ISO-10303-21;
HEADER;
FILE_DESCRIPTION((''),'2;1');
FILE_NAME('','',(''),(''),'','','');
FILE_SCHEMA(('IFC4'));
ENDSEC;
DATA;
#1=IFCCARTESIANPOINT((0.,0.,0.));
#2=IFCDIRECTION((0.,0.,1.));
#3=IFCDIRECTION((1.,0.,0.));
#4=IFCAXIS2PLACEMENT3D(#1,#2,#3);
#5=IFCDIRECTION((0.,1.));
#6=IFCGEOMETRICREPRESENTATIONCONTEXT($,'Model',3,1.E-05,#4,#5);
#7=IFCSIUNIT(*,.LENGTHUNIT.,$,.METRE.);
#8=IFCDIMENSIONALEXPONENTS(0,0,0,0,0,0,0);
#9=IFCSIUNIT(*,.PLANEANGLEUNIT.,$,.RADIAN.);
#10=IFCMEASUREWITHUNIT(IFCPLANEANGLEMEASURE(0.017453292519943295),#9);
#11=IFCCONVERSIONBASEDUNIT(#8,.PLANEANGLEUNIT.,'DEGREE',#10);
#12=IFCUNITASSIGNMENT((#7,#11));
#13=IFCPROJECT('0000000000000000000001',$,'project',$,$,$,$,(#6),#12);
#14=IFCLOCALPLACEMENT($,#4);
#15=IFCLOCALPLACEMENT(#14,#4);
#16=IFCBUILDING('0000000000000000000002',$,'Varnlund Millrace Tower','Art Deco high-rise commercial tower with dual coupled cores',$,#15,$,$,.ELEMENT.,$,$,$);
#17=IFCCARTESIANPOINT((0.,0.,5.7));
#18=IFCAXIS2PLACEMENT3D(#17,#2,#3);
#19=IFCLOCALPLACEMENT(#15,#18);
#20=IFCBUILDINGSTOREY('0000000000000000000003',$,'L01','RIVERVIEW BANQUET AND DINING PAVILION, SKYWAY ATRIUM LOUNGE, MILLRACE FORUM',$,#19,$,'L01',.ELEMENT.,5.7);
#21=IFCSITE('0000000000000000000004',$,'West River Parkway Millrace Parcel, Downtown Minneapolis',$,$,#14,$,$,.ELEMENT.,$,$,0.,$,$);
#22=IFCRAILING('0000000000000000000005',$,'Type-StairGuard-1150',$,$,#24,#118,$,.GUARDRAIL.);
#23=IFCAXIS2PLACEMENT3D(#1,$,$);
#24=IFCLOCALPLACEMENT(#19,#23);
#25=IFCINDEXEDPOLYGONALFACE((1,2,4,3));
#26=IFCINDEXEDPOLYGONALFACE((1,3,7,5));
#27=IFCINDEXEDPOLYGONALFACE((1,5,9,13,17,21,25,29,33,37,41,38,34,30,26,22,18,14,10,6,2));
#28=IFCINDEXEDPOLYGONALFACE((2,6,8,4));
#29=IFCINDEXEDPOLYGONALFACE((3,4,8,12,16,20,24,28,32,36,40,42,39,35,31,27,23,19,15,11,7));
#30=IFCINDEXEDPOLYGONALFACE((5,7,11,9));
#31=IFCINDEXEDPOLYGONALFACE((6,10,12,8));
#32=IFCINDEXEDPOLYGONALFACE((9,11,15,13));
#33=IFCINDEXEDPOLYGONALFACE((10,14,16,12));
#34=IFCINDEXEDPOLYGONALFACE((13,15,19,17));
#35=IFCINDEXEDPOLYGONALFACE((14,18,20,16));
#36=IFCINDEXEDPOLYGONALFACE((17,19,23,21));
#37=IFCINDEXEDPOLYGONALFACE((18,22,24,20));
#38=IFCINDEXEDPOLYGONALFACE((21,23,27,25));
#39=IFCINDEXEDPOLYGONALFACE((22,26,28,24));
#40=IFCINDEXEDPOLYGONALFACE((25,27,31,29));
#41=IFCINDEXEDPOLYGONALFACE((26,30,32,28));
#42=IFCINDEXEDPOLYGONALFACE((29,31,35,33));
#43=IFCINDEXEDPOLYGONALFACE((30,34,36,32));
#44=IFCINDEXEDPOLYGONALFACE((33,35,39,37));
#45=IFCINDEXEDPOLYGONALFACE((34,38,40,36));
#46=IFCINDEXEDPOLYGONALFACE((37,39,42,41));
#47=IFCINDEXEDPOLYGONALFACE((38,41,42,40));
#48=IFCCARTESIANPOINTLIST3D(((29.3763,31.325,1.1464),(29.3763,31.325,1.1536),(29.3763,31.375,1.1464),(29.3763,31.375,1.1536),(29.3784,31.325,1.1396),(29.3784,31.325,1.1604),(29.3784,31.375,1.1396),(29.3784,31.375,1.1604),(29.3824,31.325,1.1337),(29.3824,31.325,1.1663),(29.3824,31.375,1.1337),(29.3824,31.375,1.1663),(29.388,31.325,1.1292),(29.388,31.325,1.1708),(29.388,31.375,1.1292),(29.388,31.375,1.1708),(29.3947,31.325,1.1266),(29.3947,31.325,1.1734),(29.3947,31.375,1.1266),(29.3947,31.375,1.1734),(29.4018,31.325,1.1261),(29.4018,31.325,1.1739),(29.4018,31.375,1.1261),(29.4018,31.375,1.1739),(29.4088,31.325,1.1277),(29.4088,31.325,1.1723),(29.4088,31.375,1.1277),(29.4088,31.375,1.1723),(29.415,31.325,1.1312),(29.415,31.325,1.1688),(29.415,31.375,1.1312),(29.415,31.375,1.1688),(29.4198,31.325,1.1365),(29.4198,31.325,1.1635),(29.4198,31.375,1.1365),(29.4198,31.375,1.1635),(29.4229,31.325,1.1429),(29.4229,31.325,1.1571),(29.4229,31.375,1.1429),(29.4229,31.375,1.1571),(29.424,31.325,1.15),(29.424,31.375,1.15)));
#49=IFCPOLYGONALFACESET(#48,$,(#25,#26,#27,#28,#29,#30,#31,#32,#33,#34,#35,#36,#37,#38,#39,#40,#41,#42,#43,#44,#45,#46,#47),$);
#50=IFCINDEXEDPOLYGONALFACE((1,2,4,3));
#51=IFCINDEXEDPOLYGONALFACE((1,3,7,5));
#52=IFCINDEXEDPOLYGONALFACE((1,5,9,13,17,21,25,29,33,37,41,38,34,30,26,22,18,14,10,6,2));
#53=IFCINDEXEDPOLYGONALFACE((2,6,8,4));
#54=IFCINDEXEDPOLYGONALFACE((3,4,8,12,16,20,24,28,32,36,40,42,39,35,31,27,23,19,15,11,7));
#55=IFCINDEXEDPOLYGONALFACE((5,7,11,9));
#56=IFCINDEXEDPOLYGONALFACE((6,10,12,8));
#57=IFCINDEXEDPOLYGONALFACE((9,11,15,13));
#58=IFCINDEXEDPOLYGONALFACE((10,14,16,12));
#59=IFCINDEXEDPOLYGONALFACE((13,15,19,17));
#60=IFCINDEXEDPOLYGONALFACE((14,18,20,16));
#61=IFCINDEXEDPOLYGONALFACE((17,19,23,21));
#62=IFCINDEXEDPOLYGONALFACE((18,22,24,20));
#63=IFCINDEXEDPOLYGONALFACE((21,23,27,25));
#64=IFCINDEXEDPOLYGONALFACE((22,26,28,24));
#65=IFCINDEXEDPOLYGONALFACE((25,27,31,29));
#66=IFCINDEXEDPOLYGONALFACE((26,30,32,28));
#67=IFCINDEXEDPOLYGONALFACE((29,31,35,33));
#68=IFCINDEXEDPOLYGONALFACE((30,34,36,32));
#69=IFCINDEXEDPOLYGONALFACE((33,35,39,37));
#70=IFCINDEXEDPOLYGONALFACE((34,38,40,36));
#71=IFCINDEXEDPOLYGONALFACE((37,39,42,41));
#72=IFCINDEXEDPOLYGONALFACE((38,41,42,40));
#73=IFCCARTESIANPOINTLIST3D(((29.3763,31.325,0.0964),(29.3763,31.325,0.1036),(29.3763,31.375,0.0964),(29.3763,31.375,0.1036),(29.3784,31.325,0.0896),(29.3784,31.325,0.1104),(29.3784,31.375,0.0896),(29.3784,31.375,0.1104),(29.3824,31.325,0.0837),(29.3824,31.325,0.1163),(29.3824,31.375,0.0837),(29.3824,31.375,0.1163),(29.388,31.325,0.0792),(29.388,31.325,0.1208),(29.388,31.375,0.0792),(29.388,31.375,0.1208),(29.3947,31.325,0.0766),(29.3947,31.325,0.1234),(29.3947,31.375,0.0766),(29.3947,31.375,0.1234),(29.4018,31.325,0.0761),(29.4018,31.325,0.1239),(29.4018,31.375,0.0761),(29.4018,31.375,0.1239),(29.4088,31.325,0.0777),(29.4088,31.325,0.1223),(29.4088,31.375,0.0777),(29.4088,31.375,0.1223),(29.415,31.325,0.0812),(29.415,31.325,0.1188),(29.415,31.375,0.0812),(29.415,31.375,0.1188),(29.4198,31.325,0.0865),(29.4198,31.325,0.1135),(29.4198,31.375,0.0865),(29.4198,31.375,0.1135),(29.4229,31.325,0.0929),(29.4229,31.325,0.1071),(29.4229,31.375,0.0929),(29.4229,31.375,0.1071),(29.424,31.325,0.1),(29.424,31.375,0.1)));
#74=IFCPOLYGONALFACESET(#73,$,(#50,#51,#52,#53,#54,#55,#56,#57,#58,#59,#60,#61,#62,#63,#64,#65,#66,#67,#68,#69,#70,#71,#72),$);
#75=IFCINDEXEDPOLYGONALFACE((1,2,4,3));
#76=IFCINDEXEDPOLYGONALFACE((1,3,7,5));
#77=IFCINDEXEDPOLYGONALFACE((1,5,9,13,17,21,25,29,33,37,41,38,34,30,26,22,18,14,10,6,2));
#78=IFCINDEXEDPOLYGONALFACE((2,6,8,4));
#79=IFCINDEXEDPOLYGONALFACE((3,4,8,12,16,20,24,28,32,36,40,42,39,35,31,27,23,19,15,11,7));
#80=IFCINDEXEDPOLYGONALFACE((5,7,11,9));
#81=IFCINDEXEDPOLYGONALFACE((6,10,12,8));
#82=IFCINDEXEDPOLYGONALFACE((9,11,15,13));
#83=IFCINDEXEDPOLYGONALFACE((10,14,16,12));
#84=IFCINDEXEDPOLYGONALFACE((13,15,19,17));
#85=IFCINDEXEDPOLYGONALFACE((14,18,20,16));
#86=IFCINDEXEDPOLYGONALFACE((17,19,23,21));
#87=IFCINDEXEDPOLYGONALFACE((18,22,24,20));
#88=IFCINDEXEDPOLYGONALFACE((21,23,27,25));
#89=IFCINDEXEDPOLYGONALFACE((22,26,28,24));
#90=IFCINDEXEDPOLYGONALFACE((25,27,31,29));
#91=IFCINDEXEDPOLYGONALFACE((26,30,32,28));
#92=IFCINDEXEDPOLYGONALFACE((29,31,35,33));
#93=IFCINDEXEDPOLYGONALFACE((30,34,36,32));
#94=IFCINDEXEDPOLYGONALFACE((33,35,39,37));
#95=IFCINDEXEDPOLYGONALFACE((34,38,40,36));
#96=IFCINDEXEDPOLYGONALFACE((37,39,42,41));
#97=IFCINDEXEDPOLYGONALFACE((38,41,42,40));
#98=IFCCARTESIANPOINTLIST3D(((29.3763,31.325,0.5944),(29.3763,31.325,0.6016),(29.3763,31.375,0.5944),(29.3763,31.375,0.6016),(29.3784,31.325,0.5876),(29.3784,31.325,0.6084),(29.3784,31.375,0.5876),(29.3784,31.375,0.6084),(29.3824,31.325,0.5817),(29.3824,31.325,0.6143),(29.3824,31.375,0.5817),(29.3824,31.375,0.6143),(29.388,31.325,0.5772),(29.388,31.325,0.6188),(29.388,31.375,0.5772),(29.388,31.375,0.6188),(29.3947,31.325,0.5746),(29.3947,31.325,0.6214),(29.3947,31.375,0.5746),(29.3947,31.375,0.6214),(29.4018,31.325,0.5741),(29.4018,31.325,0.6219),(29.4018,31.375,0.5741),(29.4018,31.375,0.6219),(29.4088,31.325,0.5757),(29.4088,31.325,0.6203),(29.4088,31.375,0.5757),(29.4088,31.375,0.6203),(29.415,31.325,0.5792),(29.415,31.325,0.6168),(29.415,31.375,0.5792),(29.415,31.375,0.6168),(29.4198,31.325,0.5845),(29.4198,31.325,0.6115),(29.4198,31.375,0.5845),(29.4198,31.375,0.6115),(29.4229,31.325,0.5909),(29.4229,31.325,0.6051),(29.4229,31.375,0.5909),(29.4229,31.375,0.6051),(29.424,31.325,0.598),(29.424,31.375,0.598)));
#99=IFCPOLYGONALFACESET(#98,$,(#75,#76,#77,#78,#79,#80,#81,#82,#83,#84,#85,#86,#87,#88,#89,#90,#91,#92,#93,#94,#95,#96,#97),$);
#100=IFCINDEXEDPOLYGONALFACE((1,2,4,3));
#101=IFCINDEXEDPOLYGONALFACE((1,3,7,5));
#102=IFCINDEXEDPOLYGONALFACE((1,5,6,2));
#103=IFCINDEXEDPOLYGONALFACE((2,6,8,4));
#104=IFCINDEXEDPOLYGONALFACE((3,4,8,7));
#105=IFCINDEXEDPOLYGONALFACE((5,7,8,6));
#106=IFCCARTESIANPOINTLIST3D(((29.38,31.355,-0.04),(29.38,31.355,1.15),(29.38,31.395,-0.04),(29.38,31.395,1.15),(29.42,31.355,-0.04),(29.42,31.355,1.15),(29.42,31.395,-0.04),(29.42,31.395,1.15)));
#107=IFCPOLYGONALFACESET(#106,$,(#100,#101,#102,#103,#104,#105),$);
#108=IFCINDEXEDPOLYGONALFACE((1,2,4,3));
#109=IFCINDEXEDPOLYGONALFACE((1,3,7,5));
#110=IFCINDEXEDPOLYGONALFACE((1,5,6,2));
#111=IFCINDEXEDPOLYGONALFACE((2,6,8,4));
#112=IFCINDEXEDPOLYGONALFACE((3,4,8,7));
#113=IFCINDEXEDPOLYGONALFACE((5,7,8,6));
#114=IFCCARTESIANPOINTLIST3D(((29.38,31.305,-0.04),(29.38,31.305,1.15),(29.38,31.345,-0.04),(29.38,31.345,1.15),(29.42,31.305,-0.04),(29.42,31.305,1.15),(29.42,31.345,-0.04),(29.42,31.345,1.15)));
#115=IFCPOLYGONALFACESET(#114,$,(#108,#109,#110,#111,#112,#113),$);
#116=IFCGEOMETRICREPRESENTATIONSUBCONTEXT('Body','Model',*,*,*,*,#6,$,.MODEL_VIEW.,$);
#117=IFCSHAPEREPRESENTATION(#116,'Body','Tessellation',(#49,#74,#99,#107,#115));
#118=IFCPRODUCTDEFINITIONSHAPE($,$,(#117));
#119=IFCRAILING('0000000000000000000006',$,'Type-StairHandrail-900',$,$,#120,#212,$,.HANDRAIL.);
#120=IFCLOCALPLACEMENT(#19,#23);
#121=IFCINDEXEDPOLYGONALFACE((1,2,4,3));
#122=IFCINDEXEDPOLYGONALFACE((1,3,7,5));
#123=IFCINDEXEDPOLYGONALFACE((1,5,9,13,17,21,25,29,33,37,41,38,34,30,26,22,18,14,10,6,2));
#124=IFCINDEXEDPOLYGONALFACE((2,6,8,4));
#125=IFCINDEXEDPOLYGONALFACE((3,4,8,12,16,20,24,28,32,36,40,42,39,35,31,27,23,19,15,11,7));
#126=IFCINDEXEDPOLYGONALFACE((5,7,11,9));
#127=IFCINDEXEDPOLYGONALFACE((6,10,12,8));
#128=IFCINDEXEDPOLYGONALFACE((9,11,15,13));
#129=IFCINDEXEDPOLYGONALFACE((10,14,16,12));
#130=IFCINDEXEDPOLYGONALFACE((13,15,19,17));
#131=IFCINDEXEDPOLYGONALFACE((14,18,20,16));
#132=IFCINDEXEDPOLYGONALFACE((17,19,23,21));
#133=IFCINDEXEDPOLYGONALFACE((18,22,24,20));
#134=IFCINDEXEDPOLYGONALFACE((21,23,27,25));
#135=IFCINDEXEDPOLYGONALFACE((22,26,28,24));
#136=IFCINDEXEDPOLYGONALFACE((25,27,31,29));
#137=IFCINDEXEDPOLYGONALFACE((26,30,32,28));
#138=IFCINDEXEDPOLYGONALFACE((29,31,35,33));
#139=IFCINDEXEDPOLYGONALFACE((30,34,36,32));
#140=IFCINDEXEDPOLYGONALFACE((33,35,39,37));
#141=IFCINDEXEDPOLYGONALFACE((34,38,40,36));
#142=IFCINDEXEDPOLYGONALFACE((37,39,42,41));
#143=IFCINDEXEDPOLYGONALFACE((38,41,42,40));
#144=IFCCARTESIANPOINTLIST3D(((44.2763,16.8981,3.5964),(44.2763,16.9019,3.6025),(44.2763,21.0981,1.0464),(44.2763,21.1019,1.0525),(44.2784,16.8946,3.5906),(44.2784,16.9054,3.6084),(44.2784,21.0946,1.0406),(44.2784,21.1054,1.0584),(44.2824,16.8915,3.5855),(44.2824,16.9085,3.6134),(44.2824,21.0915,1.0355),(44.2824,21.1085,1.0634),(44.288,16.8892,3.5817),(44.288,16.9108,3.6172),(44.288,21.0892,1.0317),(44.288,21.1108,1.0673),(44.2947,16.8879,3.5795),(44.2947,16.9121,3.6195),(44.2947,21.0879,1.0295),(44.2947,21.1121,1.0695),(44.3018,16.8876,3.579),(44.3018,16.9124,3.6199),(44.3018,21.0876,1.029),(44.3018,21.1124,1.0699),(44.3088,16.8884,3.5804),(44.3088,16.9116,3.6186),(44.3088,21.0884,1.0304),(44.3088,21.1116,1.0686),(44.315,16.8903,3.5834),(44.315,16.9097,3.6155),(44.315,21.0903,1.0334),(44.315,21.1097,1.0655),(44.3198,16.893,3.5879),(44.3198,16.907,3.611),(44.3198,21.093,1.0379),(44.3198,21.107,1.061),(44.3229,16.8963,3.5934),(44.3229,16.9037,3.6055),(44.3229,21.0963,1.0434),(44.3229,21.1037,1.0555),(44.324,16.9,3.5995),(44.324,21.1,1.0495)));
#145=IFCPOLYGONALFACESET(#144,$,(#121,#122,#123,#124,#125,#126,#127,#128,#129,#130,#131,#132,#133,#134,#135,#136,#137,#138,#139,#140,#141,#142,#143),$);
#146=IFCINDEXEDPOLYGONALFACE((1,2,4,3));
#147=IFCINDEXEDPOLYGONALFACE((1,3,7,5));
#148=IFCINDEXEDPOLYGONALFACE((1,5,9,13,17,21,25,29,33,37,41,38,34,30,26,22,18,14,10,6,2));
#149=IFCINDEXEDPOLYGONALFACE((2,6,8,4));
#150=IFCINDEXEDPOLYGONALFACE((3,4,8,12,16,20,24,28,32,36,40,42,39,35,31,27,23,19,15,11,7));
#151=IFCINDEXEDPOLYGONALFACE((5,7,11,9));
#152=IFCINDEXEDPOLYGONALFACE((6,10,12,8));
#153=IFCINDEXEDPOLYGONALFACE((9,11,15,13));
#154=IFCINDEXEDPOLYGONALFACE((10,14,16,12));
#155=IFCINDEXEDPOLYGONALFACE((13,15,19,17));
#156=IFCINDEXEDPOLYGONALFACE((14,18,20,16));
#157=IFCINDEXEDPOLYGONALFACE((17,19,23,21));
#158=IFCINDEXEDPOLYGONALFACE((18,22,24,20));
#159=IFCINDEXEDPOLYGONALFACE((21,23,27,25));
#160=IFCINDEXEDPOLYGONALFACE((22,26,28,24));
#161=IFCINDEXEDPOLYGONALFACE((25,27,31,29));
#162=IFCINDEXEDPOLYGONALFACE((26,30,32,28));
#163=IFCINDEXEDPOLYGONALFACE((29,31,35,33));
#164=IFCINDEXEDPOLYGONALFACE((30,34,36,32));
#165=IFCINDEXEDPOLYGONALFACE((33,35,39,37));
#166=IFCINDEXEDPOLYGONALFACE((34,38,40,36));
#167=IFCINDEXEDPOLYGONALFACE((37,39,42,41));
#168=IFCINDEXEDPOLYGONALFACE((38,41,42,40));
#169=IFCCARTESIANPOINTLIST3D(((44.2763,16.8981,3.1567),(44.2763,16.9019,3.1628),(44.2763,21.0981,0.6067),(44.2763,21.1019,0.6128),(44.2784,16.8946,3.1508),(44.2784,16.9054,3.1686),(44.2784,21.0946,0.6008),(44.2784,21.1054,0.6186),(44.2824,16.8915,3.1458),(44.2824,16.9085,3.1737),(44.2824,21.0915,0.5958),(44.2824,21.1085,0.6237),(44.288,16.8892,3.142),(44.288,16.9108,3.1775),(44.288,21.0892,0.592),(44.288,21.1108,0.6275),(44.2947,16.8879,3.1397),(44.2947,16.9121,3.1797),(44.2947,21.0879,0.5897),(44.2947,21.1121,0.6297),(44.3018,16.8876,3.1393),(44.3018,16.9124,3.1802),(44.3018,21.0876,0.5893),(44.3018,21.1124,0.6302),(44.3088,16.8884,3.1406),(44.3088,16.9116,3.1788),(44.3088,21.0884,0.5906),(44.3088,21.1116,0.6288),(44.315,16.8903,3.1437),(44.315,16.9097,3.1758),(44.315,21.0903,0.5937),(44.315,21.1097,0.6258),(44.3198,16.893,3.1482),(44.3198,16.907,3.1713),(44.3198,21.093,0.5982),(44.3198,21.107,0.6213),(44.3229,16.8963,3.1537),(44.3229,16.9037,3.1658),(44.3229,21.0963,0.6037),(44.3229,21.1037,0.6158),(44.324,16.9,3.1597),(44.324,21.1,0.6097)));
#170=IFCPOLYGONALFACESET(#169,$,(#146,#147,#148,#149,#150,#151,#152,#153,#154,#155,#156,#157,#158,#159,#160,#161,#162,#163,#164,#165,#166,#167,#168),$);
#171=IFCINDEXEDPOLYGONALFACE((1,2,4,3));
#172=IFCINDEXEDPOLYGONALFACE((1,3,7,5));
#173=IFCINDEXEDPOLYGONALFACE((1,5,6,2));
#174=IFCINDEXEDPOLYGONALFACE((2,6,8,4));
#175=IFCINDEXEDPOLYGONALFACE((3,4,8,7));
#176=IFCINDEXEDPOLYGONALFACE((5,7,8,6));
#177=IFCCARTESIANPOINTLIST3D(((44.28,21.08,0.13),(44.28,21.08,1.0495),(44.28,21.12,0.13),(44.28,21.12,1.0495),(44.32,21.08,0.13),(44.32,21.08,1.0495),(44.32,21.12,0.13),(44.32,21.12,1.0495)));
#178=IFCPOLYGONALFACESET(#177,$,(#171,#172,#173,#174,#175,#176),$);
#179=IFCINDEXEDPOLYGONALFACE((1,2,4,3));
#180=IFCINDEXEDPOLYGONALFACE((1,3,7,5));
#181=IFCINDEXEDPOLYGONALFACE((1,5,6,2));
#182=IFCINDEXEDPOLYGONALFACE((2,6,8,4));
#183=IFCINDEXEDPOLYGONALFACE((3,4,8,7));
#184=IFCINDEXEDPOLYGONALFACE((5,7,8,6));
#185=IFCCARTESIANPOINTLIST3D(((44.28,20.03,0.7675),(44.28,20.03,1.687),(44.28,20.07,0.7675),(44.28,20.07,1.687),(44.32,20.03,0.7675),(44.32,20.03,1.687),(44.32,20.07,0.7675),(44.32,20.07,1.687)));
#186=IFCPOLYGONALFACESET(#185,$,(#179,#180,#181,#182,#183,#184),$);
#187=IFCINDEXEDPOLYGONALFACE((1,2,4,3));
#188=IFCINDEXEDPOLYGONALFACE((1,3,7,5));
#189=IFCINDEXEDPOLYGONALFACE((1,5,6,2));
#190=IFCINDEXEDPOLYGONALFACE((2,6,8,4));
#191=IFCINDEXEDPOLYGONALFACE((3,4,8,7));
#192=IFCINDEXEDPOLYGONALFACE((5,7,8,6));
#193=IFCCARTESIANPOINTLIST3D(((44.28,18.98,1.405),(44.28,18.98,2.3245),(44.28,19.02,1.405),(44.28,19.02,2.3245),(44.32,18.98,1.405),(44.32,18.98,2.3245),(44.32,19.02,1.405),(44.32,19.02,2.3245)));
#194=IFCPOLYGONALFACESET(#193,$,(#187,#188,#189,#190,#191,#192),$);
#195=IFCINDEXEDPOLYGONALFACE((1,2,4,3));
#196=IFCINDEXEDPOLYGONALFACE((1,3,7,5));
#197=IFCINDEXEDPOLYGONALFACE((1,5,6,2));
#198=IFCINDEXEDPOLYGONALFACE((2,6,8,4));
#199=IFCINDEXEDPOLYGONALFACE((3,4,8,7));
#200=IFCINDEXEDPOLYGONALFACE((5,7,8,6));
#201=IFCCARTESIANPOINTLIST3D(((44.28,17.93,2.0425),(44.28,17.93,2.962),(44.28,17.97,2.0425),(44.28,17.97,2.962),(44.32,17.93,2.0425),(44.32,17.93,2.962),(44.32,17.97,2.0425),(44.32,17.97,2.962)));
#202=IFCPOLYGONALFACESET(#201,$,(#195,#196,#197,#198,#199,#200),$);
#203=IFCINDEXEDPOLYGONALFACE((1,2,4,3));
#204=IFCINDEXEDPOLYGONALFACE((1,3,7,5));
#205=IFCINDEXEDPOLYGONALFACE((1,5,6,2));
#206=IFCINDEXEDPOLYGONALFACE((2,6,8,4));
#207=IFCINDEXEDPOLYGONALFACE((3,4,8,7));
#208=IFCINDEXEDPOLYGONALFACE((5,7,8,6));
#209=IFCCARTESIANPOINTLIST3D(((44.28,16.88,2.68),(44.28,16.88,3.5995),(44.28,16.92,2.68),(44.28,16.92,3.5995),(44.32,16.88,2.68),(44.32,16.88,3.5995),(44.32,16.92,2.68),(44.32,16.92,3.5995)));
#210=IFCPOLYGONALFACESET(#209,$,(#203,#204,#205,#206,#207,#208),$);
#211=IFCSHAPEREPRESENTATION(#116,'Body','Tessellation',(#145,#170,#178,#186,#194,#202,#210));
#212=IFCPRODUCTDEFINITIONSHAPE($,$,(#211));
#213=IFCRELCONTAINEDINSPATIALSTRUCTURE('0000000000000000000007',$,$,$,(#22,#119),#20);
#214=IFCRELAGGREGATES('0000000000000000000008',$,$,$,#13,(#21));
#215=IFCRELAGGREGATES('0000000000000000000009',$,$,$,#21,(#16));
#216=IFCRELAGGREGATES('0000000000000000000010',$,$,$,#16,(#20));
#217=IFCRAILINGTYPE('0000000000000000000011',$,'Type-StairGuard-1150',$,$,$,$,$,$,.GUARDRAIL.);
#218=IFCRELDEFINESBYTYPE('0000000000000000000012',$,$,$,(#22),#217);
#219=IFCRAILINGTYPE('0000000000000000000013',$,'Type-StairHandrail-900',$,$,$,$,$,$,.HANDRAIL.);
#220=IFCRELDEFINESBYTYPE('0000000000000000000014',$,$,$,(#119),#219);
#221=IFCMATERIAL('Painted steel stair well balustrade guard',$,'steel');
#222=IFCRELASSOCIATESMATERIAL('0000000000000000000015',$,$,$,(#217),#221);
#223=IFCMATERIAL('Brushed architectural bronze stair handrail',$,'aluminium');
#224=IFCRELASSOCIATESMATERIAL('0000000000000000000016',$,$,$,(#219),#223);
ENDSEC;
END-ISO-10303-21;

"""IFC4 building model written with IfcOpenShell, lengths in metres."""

from ifc_helpers import new_model, entity, si_unit, converted_unit, direction, frame, origin_with_axes, origin_2d_with_axis, place, context, subcontext, project, spatial, rectangle, circle, extrude, material, type_object, element, save


model = new_model("IFC4")

# Units and contexts
model_context = context("Model", 3, precision=1e-05, world=origin_with_axes(), true_north=direction((0.0, 1.0)))
body_context = subcontext(model_context, "Body", "Model", "MODEL_VIEW")
ifc_project = project(units=[si_unit("LENGTHUNIT", "METRE"), converted_unit("PLANEANGLEUNIT", "DEGREE", entity("IfcPlaneAngleMeasure", 0.017453292519943295), si_unit("PLANEANGLEUNIT", "RADIAN"), dimensions=[0, 0, 0, 0, 0, 0, 0])], contexts=[model_context])

# Site, building, storey
site_placement = place(None, origin_with_axes())
site = spatial("IfcSite", under=ifc_project, at=site_placement, Name="West River Parkway Millrace Parcel, Downtown Minneapolis", CompositionType="ELEMENT", RefElevation=0.0)
building_placement = place(site_placement, origin_with_axes())
building = spatial("IfcBuilding", under=site, at=building_placement, Name="Varnlund Millrace Tower", Description="Art Deco high-rise commercial tower with dual coupled cores", CompositionType="ELEMENT")
storey_placement = place(building_placement, frame((0.0, 0.0, 5.7), z_axis=(0.0, 0.0, 1.0), x_axis=(1.0, 0.0, 0.0)))
storey = spatial("IfcBuildingStorey", under=building, at=storey_placement, Name="L01", Description="RIVERVIEW BANQUET AND DINING PAVILION, SKYWAY ATRIUM LOUNGE, MILLRACE FORUM", LongName="L01", CompositionType="ELEMENT", Elevation=5.7)

# Railings
ifc_material_1 = material(Name="Painted steel stair well balustrade guard", Category="steel")
railing_type_1 = type_object("IfcRailingType", Name="Type-StairGuard-1150", PredefinedType="GUARDRAIL", material=ifc_material_1)
railing_1_placement = place(storey_placement, frame((0.0, 0.0, -5.7), z_axis=(0.0, 0.0, 1.0), x_axis=(1.0, 0.0, 0.0)))
element("IfcRailing", 1, at=railing_1_placement, inside=storey, type_object=railing_type_1, Name="Type-StairGuard-1150", PredefinedType="GUARDRAIL", context=body_context, shape_type="SweptSolid", body=[
    extrude(circle(Radius=0.024, at=origin_2d_with_axis()), frame((29.4, 31.375, 6.85), z_axis=(0.0, -1.0, 0.0), x_axis=(1.0, 0.0, 0.0)), (0.0, 0.0, 1.0), 0.05),
    extrude(circle(Radius=0.024, at=origin_2d_with_axis()), frame((29.4, 31.375, 5.8), z_axis=(0.0, -1.0, 0.0), x_axis=(1.0, 0.0, 0.0)), (0.0, 0.0, 1.0), 0.05),
    extrude(circle(Radius=0.024, at=origin_2d_with_axis()), frame((29.4, 31.375, 6.298), z_axis=(0.0, -1.0, 0.0), x_axis=(1.0, 0.0, 0.0)), (0.0, 0.0, 1.0), 0.05),
    extrude(rectangle(XDim=0.04, YDim=0.04, at=origin_2d_with_axis()), frame((29.4, 31.375, 5.66), z_axis=(0.0, 0.0, 1.0), x_axis=(1.0, 0.0, 0.0)), (0.0, 0.0, 1.0), 1.19),
    extrude(rectangle(XDim=0.04, YDim=0.04, at=origin_2d_with_axis()), frame((29.4, 31.325, 5.66), z_axis=(0.0, 0.0, 1.0), x_axis=(1.0, 0.0, 0.0)), (0.0, 0.0, 1.0), 1.19),
])
ifc_material_2 = material(Name="Brushed architectural bronze stair handrail", Category="aluminium")
railing_type_2 = type_object("IfcRailingType", Name="Type-StairHandrail-900", PredefinedType="HANDRAIL", material=ifc_material_2)
railing_2_placement = place(storey_placement, frame((0.0, 0.0, -5.7), z_axis=(0.0, 0.0, 1.0), x_axis=(1.0, 0.0, 0.0)))
element("IfcRailing", 2, at=railing_2_placement, inside=storey, type_object=railing_type_2, Name="Type-StairHandrail-900", PredefinedType="HANDRAIL", context=body_context, shape_type="SweptSolid", body=[
    extrude(circle(Radius=0.024, at=origin_2d_with_axis()), frame((44.3, 21.1, 6.7495), z_axis=(0.0, -0.854788, 0.518978), x_axis=(1.0, 0.0, 0.0)), (0.0, 0.0, 1.0), 4.9135),
    extrude(circle(Radius=0.024, at=origin_2d_with_axis()), frame((44.3, 21.1, 6.3097), z_axis=(0.0, -0.854788, 0.518978), x_axis=(1.0, 0.0, 0.0)), (0.0, 0.0, 1.0), 4.9135),
    extrude(rectangle(XDim=0.04, YDim=0.04, at=origin_2d_with_axis()), frame((44.3, 21.1, 5.83), z_axis=(0.0, 0.0, 1.0), x_axis=(1.0, 0.0, 0.0)), (0.0, 0.0, 1.0), 0.9195),
    extrude(rectangle(XDim=0.04, YDim=0.04, at=origin_2d_with_axis()), frame((44.3, 20.05, 6.4675), z_axis=(0.0, 0.0, 1.0), x_axis=(1.0, 0.0, 0.0)), (0.0, 0.0, 1.0), 0.9195),
    extrude(rectangle(XDim=0.04, YDim=0.04, at=origin_2d_with_axis()), frame((44.3, 19.0, 7.105), z_axis=(0.0, 0.0, 1.0), x_axis=(1.0, 0.0, 0.0)), (0.0, 0.0, 1.0), 0.9195),
    extrude(rectangle(XDim=0.04, YDim=0.04, at=origin_2d_with_axis()), frame((44.3, 17.95, 7.7425), z_axis=(0.0, 0.0, 1.0), x_axis=(1.0, 0.0, 0.0)), (0.0, 0.0, 1.0), 0.9195),
    extrude(rectangle(XDim=0.04, YDim=0.04, at=origin_2d_with_axis()), frame((44.3, 16.9, 8.38), z_axis=(0.0, 0.0, 1.0), x_axis=(1.0, 0.0, 0.0)), (0.0, 0.0, 1.0), 0.9195),
])

save(model, "model.ifc")
